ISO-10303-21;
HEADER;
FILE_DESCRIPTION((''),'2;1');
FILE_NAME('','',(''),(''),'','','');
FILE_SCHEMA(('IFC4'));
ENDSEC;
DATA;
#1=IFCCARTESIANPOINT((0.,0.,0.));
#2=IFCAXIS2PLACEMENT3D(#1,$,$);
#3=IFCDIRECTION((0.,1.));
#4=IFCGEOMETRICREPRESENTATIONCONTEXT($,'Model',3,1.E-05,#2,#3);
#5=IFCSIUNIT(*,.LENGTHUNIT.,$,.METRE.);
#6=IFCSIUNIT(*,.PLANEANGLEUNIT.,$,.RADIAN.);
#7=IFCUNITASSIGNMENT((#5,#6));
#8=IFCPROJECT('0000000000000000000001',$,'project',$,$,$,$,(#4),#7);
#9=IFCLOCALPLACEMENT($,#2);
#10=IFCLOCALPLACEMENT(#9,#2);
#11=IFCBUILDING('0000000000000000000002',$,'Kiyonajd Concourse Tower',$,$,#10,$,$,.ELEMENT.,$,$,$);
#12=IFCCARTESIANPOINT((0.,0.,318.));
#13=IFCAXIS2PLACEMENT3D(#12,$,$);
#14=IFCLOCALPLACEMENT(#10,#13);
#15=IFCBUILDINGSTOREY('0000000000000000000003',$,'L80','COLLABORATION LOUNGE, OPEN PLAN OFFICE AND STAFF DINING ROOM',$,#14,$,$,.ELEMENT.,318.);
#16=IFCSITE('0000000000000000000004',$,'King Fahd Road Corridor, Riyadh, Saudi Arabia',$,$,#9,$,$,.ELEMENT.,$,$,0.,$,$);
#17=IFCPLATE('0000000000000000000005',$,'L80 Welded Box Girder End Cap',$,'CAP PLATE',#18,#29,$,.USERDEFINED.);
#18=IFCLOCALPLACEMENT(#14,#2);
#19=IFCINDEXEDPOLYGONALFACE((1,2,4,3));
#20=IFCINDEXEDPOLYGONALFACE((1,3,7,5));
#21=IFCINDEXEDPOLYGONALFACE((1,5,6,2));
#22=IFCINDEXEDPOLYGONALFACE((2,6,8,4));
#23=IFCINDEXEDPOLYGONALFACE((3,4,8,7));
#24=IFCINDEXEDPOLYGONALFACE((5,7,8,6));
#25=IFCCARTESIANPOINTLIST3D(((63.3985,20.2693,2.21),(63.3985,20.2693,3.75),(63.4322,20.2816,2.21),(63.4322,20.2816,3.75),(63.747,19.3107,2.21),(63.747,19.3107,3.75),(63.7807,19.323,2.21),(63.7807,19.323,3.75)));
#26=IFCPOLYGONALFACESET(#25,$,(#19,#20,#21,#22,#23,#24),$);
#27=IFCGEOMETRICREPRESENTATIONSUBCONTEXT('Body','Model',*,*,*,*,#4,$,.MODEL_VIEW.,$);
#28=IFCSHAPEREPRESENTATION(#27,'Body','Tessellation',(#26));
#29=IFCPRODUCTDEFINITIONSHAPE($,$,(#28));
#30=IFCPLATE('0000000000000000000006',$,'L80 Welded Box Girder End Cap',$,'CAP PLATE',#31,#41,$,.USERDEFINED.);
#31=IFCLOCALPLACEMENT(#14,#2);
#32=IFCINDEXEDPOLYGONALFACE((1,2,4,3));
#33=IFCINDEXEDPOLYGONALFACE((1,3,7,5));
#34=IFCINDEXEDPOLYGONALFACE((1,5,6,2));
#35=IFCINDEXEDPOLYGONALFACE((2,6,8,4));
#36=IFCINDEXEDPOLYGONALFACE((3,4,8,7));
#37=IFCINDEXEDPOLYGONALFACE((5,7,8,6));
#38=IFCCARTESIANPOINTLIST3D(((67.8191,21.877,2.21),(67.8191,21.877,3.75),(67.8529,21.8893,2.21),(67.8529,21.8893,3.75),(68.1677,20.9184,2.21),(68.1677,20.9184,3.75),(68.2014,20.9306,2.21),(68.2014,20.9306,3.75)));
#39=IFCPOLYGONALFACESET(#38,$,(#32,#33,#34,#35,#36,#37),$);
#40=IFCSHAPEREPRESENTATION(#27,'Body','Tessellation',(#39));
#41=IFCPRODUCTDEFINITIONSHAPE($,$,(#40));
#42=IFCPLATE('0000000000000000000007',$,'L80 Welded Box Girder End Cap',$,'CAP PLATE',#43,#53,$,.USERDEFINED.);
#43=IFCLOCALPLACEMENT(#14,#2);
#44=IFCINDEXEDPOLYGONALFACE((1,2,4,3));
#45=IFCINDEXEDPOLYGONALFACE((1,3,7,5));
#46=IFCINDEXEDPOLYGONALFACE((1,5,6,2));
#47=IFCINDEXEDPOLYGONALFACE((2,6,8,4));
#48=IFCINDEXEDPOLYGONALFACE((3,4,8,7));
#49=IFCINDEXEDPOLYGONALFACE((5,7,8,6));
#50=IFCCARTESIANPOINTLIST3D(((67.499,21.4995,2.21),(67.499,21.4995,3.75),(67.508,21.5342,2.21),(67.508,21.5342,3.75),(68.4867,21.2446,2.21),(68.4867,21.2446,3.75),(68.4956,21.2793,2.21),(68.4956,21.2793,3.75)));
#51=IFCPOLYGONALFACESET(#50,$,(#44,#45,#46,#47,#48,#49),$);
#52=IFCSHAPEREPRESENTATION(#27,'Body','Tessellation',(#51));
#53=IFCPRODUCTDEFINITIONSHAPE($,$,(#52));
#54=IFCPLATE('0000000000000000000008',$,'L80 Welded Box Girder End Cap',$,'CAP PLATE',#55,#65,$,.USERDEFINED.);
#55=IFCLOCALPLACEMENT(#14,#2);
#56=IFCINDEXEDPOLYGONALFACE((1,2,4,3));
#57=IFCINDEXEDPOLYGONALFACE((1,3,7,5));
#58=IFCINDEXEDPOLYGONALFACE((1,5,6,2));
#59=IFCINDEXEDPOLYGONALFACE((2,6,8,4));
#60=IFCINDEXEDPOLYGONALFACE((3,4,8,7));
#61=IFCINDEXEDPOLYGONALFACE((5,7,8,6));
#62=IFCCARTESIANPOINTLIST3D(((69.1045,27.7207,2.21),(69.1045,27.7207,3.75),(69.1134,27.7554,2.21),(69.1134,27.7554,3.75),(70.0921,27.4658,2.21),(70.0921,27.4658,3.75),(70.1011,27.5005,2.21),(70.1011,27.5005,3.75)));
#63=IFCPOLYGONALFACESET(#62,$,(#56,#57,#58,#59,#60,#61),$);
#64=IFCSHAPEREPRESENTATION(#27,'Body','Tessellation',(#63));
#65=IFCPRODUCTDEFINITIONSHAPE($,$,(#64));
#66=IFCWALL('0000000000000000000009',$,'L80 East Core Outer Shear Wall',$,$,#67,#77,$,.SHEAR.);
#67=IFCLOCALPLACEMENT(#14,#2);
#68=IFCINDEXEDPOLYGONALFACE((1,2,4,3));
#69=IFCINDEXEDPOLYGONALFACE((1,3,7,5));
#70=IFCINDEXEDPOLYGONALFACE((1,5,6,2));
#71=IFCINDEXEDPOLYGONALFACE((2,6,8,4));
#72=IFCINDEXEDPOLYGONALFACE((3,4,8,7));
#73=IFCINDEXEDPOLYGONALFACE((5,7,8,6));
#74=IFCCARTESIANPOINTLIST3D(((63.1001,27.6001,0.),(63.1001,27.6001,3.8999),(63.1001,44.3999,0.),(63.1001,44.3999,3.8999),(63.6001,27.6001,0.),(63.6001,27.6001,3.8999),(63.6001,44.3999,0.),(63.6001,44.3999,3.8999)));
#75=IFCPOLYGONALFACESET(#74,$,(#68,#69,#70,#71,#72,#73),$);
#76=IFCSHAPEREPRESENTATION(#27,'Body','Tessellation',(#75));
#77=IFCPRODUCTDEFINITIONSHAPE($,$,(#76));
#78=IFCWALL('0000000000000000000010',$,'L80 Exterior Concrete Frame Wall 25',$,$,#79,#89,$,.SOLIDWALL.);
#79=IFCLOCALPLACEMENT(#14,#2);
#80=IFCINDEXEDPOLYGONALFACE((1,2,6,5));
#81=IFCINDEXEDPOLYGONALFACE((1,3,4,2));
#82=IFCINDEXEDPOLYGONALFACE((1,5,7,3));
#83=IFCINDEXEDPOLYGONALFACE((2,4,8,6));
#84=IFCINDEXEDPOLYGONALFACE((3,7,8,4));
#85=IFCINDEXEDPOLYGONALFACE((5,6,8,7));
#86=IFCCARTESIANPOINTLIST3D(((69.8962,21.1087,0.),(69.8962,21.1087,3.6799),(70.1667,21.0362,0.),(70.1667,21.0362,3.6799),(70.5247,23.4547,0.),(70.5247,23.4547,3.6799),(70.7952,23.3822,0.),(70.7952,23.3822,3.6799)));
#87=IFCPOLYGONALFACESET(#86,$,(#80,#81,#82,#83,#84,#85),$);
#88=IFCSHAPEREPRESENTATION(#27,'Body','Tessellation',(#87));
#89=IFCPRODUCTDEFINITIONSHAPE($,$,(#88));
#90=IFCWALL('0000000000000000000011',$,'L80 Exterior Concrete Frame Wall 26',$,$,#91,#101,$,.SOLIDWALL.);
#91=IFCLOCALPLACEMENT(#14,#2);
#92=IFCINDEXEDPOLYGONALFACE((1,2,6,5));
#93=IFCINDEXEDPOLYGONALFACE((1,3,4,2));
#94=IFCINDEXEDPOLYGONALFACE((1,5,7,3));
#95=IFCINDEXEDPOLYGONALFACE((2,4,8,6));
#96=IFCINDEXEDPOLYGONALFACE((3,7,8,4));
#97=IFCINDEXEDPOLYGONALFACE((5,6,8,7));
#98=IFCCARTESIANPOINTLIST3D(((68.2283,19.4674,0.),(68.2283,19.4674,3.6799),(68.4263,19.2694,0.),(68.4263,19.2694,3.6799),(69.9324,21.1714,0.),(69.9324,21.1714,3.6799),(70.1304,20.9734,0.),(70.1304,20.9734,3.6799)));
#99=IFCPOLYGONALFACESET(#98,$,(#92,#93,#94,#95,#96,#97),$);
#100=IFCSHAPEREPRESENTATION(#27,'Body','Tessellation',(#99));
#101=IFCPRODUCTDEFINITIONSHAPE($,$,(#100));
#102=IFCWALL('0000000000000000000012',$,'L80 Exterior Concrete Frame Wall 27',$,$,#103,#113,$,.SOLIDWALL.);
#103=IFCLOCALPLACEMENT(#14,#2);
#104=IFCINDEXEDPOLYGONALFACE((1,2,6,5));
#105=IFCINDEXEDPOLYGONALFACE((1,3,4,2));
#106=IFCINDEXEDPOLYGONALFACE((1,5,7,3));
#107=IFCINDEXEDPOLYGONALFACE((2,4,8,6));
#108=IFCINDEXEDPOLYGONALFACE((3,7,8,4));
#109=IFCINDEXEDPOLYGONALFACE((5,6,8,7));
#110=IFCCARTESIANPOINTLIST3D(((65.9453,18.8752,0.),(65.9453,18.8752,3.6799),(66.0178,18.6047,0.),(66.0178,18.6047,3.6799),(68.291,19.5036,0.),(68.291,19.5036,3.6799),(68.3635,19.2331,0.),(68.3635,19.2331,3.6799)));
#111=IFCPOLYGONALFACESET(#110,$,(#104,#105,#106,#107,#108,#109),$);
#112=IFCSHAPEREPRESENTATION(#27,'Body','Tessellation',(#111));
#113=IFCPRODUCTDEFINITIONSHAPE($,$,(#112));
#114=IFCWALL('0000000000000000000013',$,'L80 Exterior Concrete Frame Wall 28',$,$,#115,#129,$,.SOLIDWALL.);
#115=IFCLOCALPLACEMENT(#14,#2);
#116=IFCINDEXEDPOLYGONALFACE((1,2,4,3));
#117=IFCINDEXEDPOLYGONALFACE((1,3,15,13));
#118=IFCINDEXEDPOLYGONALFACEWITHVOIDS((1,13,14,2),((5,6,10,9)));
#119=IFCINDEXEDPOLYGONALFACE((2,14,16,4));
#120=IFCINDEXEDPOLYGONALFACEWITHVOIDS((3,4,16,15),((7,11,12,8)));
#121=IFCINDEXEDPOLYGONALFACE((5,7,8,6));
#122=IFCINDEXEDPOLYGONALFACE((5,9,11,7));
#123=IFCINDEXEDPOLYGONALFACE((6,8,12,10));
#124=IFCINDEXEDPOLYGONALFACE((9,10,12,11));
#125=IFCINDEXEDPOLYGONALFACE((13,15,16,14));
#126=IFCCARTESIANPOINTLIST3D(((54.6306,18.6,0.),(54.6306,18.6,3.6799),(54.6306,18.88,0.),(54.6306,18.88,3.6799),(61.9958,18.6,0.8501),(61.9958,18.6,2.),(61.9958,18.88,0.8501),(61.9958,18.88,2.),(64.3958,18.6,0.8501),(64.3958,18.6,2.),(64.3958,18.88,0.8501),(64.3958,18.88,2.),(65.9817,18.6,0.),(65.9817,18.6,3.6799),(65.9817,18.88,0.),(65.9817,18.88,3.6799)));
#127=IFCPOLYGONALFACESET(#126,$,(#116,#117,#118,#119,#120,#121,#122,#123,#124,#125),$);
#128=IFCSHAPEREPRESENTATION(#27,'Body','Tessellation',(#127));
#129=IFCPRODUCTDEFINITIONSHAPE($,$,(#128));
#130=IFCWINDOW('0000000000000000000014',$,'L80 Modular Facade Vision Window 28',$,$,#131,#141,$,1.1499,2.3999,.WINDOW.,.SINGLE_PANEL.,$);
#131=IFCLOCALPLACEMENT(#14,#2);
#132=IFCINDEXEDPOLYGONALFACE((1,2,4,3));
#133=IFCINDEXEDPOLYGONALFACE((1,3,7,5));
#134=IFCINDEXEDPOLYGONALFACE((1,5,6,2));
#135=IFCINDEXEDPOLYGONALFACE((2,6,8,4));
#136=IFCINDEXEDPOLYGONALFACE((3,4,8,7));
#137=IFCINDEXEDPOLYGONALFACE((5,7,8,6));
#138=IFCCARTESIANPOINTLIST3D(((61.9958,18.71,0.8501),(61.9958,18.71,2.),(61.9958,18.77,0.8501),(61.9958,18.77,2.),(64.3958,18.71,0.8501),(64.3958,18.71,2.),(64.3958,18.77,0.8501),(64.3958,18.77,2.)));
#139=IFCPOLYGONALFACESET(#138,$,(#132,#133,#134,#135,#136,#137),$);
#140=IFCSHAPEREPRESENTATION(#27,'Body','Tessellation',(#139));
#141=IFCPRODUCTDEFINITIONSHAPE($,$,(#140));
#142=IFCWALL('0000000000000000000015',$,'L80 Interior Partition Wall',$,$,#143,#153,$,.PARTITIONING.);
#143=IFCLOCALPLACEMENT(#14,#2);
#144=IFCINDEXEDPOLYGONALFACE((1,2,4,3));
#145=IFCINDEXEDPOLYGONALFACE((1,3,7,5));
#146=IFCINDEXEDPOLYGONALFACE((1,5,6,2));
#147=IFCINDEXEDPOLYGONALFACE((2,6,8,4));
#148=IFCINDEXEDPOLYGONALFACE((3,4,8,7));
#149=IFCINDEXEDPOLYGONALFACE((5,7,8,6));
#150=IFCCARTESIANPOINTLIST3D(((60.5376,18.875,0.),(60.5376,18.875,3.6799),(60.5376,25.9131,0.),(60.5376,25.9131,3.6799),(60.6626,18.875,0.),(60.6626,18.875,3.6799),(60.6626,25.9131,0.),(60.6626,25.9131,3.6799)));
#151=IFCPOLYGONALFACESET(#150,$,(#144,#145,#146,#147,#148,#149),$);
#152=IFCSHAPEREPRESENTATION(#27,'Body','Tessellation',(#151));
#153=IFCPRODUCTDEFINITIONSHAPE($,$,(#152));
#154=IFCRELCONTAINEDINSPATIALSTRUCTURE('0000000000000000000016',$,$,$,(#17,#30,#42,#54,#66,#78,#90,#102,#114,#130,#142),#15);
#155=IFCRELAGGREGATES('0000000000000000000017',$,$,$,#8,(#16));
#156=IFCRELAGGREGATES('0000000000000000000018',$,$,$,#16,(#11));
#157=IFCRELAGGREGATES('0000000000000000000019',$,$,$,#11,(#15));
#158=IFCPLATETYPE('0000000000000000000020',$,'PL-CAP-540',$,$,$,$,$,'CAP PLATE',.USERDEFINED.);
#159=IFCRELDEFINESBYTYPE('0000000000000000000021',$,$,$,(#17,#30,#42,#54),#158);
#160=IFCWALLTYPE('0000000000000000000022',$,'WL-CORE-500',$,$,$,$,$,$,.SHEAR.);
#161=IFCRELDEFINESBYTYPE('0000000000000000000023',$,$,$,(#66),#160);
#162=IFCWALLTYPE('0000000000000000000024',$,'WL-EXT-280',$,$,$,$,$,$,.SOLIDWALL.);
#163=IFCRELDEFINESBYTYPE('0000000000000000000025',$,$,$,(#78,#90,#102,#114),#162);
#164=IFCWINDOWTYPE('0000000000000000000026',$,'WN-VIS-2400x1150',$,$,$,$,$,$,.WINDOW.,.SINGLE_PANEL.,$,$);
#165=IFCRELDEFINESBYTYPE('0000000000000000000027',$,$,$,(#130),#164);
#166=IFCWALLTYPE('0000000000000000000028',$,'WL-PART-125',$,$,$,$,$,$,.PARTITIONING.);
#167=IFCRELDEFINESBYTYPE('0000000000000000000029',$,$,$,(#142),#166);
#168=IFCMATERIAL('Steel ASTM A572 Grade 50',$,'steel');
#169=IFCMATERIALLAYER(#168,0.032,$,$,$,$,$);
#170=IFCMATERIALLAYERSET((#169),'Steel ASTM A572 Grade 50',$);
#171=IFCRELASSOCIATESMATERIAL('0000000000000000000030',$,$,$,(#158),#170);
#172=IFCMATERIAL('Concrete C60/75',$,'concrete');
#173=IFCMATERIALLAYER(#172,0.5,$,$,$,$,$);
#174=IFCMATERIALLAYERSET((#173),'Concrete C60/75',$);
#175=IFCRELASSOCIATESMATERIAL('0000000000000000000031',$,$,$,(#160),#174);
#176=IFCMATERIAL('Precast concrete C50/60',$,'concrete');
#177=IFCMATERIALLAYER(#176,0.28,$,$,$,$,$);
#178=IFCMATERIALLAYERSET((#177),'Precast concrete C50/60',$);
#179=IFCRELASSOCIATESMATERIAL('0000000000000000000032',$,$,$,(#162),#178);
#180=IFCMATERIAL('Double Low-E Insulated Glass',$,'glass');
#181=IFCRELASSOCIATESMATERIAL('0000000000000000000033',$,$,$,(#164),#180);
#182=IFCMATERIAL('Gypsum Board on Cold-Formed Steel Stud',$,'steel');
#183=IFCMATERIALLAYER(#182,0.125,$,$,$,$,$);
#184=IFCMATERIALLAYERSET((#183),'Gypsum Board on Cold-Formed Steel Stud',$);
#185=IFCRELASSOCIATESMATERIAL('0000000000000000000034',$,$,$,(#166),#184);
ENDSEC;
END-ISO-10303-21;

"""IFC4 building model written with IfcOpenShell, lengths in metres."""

from ifc_helpers import new_model, si_unit, direction, frame, frame_2d, origin, origin_2d, place, context, subcontext, project, spatial, rectangle, extrude, material, layer, layer_set, type_object, element, fill, save


model = new_model("IFC4")

# Units and contexts
model_context = context("Model", 3, precision=1e-05, world=origin(), true_north=direction((0.0, 1.0)))
body_context = subcontext(model_context, "Body", "Model", "MODEL_VIEW")
ifc_project = project(units=[si_unit("LENGTHUNIT", "METRE"), si_unit("PLANEANGLEUNIT", "RADIAN")], contexts=[model_context])

# Site, building, storey
site_placement = place(None, origin())
site = spatial("IfcSite", under=ifc_project, at=site_placement, Name="King Fahd Road Corridor, Riyadh, Saudi Arabia", CompositionType="ELEMENT", RefElevation=0.0)
building_placement = place(site_placement, origin())
building = spatial("IfcBuilding", under=site, at=building_placement, Name="Kiyonajd Concourse Tower", CompositionType="ELEMENT")
storey_placement = place(building_placement, frame((0.0, 0.0, 318.0)))
storey = spatial("IfcBuildingStorey", under=building, at=storey_placement, Name="L80", Description="COLLABORATION LOUNGE, OPEN PLAN OFFICE AND STAFF DINING ROOM", CompositionType="ELEMENT", Elevation=318.0)

# Shared definitions
ifc_material_1 = material(Name="Concrete C60/75", Category="concrete")

# Shared definitions
ifc_material_2 = material(Name="Steel ASTM A572 Grade 50", Category="steel")

# Plates
ifc_layer_1 = layer(ifc_material_2, 0.032)
ifc_layer_set_1 = layer_set([ifc_layer_1], Name="Steel ASTM A572 Grade 50")
plate_type = type_object("IfcPlateType", Name="PL-CAP-540", ElementType="CAP PLATE", PredefinedType="USERDEFINED", material=ifc_layer_set_1)
for number, where, z_axis, x_axis, name in (
    (1, (63.5896, 19.7961, 2.21), (0.0, 0.0, 1.0), (-0.939812, -0.341692, 0.0), "L80 Welded Box Girder End Cap"),
    (2, (68.0103, 21.4038, 2.21), (0.0, 0.0, 1.0), (0.939812, 0.341692, 0.0), "L80 Welded Box Girder End Cap"),
    (3, (67.9973, 21.3894, 2.21), (0.0, 0.0, 1.0), (-0.249873, -0.968279, 0.0), "L80 Welded Box Girder End Cap"),
    (4, (69.6028, 27.6106, 2.21), (0.0, 0.0, 1.0), (0.249873, 0.968279, 0.0), "L80 Welded Box Girder End Cap"),
):
    element("IfcPlate", number, at=place(storey_placement, frame(where, z_axis=z_axis, x_axis=x_axis)), inside=storey, type_object=plate_type, Name=name, ObjectType="CAP PLATE", PredefinedType="USERDEFINED", context=body_context, shape_type="SweptSolid", body=[
        extrude(rectangle(XDim=0.0359, YDim=1.02, at=origin_2d()), origin(), (0.0, 0.0, 1.0), 1.54),
    ])

# Walls
ifc_layer_2 = layer(ifc_material_1, 0.5)
ifc_layer_set_2 = layer_set([ifc_layer_2], Name="Concrete C60/75")
wall_type_1 = type_object("IfcWallType", Name="WL-CORE-500", PredefinedType="SHEAR", material=ifc_layer_set_2)
wall_1_placement = place(storey_placement, frame((63.3501, 27.6001, 0.0), z_axis=(0.0, 0.0, 1.0), x_axis=(0.0, 1.0, 0.0)))
element("IfcWall", 5, at=wall_1_placement, inside=storey, type_object=wall_type_1, Name="L80 East Core Outer Shear Wall", PredefinedType="SHEAR", context=body_context, shape_type="SweptSolid", body=[
    extrude(rectangle(XDim=16.7998, YDim=0.5, at=frame_2d((8.3999, 0.0))), origin(), (0.0, 0.0, 1.0), 3.8999),
])
ifc_material_3 = material(Name="Precast concrete C50/60", Category="concrete")
ifc_layer_3 = layer(ifc_material_3, 0.28)
ifc_layer_set_3 = layer_set([ifc_layer_3], Name="Precast concrete C50/60")
wall_type_2 = type_object("IfcWallType", Name="WL-EXT-280", PredefinedType="SOLIDWALL", material=ifc_layer_set_3)
wall_2_placement = place(storey_placement, frame((70.6599, 23.4185, 0.0), z_axis=(0.0, 0.0, 1.0), x_axis=(-0.258751, -0.965944, 0.0)))
element("IfcWall", 6, at=wall_2_placement, inside=storey, type_object=wall_type_2, Name="L80 Exterior Concrete Frame Wall 25", PredefinedType="SOLIDWALL", context=body_context, shape_type="SweptSolid", body=[
    extrude(rectangle(XDim=2.4287, YDim=0.28, at=frame_2d((1.2144, 0.0))), origin(), (0.0, 0.0, 1.0), 3.6799),
])
wall_3_placement = place(storey_placement, frame((70.0315, 21.0725, 0.0), z_axis=(0.0, 0.0, 1.0), x_axis=(-0.707107, -0.707107, 0.0)))
element("IfcWall", 7, at=wall_3_placement, inside=storey, type_object=wall_type_2, Name="L80 Exterior Concrete Frame Wall 26", PredefinedType="SOLIDWALL", context=body_context, shape_type="SweptSolid", body=[
    extrude(rectangle(XDim=2.4099, YDim=0.28, at=frame_2d((1.2051, 0.0))), origin(), (0.0, 0.0, 1.0), 3.6799),
])
wall_4_placement = place(storey_placement, frame((68.3274, 19.3684, 0.0), z_axis=(0.0, 0.0, 1.0), x_axis=(-0.965937, -0.258776, 0.0)))
element("IfcWall", 8, at=wall_4_placement, inside=storey, type_object=wall_type_2, Name="L80 Exterior Concrete Frame Wall 27", PredefinedType="SOLIDWALL", context=body_context, shape_type="SweptSolid", body=[
    extrude(rectangle(XDim=2.4285, YDim=0.28, at=frame_2d((1.2144, 0.0))), origin(), (0.0, 0.0, 1.0), 3.6799),
])

# Wall, opening, window
wall_5_placement = place(storey_placement, frame((65.9817, 18.74, 0.0), z_axis=(0.0, 0.0, 1.0), x_axis=(-1.0, 0.0, 0.0)))
wall_5 = element("IfcWall", 9, at=wall_5_placement, inside=storey, type_object=wall_type_2, Name="L80 Exterior Concrete Frame Wall 28", PredefinedType="SOLIDWALL", context=body_context, shape_type="SweptSolid", body=[
    extrude(rectangle(XDim=11.3511, YDim=0.28, at=frame_2d((5.6755, 0.0))), origin(), (0.0, 0.0, 1.0), 3.6799),
])
opening_1_placement = place(wall_5_placement, frame((1.5859, 0.0, 0.8501)))
opening_1 = element("IfcOpeningElement", 10, at=opening_1_placement, cuts=wall_5, PredefinedType="OPENING", context=body_context, shape_type="SweptSolid", body=[
    extrude(rectangle(XDim=2.3999, YDim=1.1499, at=frame_2d((1.2, 0.575))), frame((0.0, 0.1499, 0.0), z_axis=(0.0, -1.0, 0.0), x_axis=(1.0, 0.0, 0.0)), (0.0, 0.0, 1.0), 0.3),
])
ifc_material_4 = material(Name="Double Low-E Insulated Glass", Category="glass")
window_type = type_object("IfcWindowType", Name="WN-VIS-2400x1150", PartitioningType="SINGLE_PANEL", PredefinedType="WINDOW", material=ifc_material_4)
window_placement = place(opening_1_placement, origin())
window = element("IfcWindow", 11, at=window_placement, inside=storey, type_object=window_type, Name="L80 Modular Facade Vision Window 28", OverallHeight=1.1499, OverallWidth=2.3999, PartitioningType="SINGLE_PANEL", PredefinedType="WINDOW", context=body_context, shape_type="SweptSolid", body=[
    extrude(rectangle(XDim=2.3999, YDim=1.1499, at=frame_2d((1.2, 0.575))), frame((0.0, 0.03, 0.0), z_axis=(0.0, -1.0, 0.0), x_axis=(1.0, 0.0, 0.0)), (0.0, 0.0, 1.0), 0.0601),
])
fill(opening_1, window)

# Wall
ifc_material_5 = material(Name="Gypsum Board on Cold-Formed Steel Stud", Category="steel")
ifc_layer_4 = layer(ifc_material_5, 0.125)
ifc_layer_set_4 = layer_set([ifc_layer_4], Name="Gypsum Board on Cold-Formed Steel Stud")
wall_type_3 = type_object("IfcWallType", Name="WL-PART-125", PredefinedType="PARTITIONING", material=ifc_layer_set_4)
wall_6_placement = place(storey_placement, frame((60.6001, 18.875, 0.0), z_axis=(0.0, 0.0, 1.0), x_axis=(0.0, 1.0, 0.0)))
element("IfcWall", 12, at=wall_6_placement, inside=storey, type_object=wall_type_3, Name="L80 Interior Partition Wall", PredefinedType="PARTITIONING", context=body_context, shape_type="SweptSolid", body=[
    extrude(rectangle(XDim=7.0381, YDim=0.125, at=frame_2d((3.519, 0.0))), origin(), (0.0, 0.0, 1.0), 3.6799),
])

save(model, "model.ifc")
